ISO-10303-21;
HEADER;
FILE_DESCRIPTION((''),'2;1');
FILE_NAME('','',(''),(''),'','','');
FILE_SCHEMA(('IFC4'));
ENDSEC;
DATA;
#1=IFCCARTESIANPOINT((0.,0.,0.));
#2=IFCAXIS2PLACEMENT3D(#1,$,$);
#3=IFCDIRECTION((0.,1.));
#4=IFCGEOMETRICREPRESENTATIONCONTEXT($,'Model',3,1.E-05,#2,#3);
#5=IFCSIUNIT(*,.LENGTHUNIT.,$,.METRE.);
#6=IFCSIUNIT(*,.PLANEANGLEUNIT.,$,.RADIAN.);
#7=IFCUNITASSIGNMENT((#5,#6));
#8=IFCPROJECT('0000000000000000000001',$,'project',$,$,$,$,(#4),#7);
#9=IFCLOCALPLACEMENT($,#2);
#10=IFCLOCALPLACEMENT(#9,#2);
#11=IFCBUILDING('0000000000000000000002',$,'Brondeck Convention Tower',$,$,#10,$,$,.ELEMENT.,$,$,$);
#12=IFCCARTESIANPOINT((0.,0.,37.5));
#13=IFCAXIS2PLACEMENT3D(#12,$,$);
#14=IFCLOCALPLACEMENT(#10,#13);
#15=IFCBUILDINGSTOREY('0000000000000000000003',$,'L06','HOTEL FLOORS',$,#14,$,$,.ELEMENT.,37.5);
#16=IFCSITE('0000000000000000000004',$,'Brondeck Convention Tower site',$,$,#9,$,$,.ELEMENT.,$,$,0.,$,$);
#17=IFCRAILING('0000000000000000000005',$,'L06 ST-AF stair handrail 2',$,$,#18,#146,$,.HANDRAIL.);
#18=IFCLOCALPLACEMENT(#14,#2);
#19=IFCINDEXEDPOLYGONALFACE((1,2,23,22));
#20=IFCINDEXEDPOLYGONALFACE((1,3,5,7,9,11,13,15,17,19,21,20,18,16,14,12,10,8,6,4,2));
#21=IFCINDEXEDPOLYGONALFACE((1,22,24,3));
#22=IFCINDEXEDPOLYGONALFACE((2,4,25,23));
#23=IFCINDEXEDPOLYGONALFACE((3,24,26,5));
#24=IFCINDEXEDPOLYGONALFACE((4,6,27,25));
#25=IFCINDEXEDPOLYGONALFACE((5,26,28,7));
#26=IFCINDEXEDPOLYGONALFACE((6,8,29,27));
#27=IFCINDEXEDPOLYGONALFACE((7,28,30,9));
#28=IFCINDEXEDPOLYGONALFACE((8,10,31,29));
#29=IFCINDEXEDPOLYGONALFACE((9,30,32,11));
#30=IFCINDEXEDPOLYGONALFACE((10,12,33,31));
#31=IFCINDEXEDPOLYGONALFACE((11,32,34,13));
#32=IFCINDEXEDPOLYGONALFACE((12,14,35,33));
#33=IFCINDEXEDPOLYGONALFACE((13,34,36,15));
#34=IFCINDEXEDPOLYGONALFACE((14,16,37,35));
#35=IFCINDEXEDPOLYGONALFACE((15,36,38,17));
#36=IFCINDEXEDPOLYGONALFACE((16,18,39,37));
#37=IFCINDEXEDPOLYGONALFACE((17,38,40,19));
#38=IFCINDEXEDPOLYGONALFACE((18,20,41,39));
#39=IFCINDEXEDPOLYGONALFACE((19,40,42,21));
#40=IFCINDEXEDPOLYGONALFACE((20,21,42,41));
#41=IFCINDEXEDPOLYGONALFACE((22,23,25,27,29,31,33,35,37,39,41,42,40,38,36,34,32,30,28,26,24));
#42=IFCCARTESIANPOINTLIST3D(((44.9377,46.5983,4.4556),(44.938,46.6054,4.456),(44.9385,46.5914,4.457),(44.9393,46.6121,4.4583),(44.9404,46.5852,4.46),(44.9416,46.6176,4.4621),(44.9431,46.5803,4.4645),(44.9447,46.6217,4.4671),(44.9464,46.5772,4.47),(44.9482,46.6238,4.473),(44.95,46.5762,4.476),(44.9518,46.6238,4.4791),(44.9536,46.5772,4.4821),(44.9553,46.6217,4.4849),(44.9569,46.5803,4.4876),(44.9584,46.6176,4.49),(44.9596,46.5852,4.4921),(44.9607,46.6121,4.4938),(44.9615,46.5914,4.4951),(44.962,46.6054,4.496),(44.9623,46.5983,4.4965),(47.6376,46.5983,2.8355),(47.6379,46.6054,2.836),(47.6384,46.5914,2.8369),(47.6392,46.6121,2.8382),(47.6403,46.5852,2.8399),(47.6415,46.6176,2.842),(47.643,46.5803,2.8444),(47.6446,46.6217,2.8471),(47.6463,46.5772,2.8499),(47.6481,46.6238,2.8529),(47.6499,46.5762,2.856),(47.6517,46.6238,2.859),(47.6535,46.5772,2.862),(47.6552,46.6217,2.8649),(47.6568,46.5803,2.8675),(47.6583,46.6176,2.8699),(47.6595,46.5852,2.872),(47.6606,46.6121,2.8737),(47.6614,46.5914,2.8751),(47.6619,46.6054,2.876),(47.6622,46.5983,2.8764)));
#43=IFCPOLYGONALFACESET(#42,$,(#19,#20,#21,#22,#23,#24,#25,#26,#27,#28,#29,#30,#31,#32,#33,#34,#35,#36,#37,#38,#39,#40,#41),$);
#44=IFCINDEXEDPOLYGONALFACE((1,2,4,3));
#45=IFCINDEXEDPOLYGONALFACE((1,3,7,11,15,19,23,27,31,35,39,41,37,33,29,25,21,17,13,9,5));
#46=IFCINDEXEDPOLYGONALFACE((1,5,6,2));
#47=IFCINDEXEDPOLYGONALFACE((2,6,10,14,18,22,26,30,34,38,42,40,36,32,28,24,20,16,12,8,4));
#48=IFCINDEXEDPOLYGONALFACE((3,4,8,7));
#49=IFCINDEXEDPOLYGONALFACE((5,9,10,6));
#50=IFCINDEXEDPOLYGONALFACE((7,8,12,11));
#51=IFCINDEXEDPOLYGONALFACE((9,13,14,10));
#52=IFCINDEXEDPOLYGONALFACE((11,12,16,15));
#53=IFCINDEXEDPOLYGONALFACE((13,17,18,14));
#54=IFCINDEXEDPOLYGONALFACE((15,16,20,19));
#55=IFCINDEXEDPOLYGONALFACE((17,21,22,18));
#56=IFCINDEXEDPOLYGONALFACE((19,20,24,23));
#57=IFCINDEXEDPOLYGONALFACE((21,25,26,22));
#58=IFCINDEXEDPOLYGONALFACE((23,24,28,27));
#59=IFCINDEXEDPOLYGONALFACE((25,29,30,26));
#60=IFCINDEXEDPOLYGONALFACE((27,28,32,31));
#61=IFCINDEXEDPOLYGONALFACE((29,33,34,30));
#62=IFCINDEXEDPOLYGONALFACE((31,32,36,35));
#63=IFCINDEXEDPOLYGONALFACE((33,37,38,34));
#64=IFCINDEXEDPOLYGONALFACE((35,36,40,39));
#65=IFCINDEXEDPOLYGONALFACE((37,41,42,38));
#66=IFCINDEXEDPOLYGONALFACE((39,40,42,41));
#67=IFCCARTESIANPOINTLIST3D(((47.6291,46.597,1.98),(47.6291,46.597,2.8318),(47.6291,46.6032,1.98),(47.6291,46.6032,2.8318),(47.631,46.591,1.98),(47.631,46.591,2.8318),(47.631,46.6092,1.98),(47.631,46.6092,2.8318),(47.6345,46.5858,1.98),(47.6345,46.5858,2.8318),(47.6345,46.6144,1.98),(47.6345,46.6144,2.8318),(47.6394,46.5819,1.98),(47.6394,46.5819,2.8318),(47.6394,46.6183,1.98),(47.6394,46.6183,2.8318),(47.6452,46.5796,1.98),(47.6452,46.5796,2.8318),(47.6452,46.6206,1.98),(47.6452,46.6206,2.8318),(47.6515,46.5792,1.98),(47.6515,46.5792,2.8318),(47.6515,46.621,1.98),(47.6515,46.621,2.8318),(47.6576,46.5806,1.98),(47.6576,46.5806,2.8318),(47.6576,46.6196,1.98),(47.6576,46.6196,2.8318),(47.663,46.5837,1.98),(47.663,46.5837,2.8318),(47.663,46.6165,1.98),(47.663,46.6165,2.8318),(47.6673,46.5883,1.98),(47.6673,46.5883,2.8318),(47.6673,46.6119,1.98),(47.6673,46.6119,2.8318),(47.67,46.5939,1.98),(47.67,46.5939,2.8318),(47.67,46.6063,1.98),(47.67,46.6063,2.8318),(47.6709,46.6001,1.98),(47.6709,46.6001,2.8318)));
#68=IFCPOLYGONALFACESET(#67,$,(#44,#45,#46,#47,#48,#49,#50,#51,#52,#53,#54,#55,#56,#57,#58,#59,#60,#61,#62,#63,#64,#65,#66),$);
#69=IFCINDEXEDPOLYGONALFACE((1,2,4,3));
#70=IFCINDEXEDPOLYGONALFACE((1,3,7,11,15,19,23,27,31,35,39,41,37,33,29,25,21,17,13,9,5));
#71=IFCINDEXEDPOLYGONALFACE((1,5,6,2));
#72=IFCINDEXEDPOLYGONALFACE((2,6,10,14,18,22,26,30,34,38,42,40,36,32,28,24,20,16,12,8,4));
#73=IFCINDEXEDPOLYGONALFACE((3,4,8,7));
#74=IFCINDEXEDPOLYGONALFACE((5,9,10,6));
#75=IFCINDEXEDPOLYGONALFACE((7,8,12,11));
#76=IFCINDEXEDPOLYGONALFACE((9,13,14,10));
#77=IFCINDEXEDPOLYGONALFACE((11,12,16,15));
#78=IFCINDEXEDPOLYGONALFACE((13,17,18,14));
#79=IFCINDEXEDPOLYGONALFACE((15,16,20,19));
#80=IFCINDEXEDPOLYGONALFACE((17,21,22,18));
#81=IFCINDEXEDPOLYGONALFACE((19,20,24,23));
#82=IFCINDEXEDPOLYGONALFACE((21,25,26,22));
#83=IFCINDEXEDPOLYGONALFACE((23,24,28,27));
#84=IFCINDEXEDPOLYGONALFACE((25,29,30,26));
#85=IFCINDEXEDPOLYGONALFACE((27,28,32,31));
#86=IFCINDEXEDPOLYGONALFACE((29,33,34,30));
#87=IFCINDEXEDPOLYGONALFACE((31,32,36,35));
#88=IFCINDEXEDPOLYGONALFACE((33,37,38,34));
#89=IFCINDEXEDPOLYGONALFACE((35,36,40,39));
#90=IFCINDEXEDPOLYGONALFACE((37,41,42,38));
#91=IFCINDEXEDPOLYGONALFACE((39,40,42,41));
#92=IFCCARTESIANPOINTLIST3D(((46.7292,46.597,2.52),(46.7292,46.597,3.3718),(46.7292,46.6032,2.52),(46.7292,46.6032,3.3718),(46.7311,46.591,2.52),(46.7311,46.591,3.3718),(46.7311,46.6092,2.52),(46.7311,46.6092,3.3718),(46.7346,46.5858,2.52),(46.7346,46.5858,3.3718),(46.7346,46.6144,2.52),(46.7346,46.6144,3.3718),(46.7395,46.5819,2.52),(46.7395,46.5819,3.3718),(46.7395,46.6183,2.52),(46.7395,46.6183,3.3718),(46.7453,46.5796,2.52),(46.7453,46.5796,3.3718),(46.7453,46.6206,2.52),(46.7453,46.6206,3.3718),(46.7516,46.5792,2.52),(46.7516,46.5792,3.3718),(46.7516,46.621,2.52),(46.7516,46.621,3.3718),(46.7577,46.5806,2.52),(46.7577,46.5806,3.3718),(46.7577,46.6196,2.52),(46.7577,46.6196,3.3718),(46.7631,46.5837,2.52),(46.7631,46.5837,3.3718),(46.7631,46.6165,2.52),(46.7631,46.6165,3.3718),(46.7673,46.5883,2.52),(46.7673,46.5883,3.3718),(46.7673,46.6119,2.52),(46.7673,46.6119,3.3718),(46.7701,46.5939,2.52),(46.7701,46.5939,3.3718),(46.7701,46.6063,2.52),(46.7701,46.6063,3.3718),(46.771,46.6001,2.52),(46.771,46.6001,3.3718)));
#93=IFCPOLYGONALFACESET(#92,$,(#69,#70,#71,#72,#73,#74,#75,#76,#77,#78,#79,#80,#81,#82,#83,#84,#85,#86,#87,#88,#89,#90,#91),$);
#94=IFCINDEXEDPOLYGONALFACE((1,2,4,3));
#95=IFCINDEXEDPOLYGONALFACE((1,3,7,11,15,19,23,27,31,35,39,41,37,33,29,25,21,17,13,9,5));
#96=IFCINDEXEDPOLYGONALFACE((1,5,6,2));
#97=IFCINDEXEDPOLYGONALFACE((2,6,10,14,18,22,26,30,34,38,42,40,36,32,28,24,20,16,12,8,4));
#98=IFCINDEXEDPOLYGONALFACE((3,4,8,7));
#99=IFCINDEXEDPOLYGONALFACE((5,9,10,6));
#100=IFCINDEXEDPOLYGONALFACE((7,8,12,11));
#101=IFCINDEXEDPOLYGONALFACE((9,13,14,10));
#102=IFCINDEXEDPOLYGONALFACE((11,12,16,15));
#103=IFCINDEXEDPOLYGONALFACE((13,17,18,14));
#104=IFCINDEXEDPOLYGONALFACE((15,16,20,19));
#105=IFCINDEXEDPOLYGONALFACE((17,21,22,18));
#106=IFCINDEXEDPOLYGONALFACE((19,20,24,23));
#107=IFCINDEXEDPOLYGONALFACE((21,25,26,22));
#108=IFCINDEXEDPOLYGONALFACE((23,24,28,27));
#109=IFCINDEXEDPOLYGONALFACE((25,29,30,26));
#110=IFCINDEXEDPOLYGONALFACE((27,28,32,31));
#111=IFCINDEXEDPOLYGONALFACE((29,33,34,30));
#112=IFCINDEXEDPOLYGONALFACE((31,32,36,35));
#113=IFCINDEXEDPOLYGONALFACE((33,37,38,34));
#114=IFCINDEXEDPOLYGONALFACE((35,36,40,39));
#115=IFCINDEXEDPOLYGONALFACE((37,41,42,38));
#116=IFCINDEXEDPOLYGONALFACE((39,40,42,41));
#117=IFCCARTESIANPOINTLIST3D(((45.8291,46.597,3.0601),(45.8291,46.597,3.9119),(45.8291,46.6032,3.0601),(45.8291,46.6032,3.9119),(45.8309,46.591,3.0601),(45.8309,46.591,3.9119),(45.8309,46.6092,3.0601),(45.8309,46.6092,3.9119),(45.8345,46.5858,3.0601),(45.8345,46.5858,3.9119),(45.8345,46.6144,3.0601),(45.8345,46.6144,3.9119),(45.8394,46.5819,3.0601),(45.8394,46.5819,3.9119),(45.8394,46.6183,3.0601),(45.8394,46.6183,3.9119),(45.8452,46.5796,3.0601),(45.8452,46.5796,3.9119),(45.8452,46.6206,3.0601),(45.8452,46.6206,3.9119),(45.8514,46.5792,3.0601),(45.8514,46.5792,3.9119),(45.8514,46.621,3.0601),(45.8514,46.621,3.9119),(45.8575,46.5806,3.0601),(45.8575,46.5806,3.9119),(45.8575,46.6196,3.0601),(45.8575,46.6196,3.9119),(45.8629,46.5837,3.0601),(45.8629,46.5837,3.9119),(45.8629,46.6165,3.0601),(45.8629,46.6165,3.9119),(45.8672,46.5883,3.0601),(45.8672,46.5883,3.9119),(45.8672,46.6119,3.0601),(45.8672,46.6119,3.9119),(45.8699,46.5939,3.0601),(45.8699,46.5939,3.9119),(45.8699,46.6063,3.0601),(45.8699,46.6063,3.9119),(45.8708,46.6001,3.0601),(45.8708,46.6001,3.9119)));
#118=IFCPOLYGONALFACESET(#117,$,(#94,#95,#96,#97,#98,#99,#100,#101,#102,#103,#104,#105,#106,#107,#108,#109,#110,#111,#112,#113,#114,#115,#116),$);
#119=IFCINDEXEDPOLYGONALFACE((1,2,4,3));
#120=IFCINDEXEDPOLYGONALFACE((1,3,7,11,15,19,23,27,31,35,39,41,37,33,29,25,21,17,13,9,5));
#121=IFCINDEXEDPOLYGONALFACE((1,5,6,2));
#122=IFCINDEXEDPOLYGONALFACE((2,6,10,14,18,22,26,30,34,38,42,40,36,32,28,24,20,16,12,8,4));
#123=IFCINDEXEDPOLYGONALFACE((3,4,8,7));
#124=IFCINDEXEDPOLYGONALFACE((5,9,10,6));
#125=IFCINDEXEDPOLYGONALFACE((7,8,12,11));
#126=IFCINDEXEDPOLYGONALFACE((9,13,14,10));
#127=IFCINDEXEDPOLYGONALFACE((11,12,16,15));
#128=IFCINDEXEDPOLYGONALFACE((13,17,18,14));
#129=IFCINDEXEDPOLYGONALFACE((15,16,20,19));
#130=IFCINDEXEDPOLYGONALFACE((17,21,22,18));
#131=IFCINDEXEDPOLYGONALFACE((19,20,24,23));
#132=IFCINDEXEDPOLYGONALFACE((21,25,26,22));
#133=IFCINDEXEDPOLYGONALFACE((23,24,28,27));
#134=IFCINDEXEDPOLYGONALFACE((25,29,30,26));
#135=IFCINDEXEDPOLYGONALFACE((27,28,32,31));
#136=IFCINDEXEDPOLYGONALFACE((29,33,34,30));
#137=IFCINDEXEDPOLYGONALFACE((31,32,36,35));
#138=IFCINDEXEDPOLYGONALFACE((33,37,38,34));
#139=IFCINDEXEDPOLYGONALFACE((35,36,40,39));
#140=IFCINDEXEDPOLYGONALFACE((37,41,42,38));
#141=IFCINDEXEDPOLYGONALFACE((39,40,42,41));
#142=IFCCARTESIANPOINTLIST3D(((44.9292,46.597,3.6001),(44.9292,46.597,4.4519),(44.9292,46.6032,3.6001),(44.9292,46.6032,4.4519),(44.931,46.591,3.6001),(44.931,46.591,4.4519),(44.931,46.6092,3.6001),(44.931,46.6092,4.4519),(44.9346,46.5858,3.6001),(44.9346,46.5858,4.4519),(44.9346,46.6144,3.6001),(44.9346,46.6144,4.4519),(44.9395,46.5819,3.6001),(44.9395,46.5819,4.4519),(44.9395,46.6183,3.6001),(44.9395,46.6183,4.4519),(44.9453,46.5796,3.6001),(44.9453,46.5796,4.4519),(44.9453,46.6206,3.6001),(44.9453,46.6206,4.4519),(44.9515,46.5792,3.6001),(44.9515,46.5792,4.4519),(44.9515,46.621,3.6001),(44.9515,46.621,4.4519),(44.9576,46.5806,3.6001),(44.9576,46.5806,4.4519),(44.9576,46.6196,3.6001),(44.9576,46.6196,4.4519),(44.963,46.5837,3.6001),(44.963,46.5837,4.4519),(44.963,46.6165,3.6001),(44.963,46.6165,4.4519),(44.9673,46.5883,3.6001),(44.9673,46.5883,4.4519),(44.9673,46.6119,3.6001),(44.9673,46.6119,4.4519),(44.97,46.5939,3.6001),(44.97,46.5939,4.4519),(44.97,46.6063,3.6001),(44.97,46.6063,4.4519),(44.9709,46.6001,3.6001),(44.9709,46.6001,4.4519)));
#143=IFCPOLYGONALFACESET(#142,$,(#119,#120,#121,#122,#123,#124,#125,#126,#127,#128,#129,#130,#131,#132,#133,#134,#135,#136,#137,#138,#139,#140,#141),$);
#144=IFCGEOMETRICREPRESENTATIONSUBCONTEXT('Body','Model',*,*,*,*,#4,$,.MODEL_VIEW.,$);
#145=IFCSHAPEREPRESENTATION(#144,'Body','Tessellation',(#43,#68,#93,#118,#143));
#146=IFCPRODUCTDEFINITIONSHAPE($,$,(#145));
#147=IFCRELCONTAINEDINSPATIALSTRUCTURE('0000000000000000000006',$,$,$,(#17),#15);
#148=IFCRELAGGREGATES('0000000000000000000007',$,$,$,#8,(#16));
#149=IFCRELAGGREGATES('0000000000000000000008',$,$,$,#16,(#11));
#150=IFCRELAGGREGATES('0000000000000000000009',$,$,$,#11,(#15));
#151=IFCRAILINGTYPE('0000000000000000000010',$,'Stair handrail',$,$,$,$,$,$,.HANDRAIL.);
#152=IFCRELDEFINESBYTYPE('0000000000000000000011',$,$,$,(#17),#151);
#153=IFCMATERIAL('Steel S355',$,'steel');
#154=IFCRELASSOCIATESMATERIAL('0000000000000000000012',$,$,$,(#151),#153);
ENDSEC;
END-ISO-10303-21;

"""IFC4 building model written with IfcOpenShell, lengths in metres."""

from ifc_helpers import new_model, si_unit, direction, frame, origin, origin_2d, place, context, subcontext, project, spatial, circle, extrude, material, type_object, element, save


model = new_model("IFC4")

# Units and contexts
model_context = context("Model", 3, precision=1e-05, world=origin(), true_north=direction((0.0, 1.0)))
body_context = subcontext(model_context, "Body", "Model", "MODEL_VIEW")
ifc_project = project(units=[si_unit("LENGTHUNIT", "METRE"), si_unit("PLANEANGLEUNIT", "RADIAN")], contexts=[model_context])

# Site, building, storey
site_placement = place(None, origin())
site = spatial("IfcSite", under=ifc_project, at=site_placement, Name="Brondeck Convention Tower site", CompositionType="ELEMENT", RefElevation=0.0)
building_placement = place(site_placement, origin())
building = spatial("IfcBuilding", under=site, at=building_placement, Name="Brondeck Convention Tower", CompositionType="ELEMENT")
storey_placement = place(building_placement, frame((0.0, 0.0, 37.5)))
storey = spatial("IfcBuildingStorey", under=building, at=storey_placement, Name="L06", Description="HOTEL FLOORS", CompositionType="ELEMENT", Elevation=37.5)

# Shared definitions
ifc_material_1 = material(Name="Steel S355", Category="steel")

# Railing
railing_type = type_object("IfcRailingType", Name="Stair handrail", PredefinedType="HANDRAIL", material=ifc_material_1)
railing_placement = place(storey_placement, frame((47.6499, 46.6001, 1.98)))
element("IfcRailing", 1, at=railing_placement, inside=storey, type_object=railing_type, Name="L06 ST-AF stair handrail 2", PredefinedType="HANDRAIL", context=body_context, shape_type="SweptSolid", body=[
    extrude(circle(Radius=0.0239, at=origin_2d()), frame((0.0, 0.0, 0.876), z_axis=(-0.857472, 0.0, 0.51453), x_axis=(0.0, -1.0, 0.0)), (0.0, 0.0, 1.0), 3.1487),
    extrude(circle(Radius=0.021, at=origin_2d()), origin(), (0.0, 0.0, 1.0), 0.8518),
    extrude(circle(Radius=0.021, at=origin_2d()), frame((-0.8999, 0.0, 0.54)), (0.0, 0.0, 1.0), 0.8518),
    extrude(circle(Radius=0.021, at=origin_2d()), frame((-1.8, 0.0, 1.0801)), (0.0, 0.0, 1.0), 0.8518),
    extrude(circle(Radius=0.021, at=origin_2d()), frame((-2.7, 0.0, 1.6201)), (0.0, 0.0, 1.0), 0.8518),
])

save(model, "model.ifc")
